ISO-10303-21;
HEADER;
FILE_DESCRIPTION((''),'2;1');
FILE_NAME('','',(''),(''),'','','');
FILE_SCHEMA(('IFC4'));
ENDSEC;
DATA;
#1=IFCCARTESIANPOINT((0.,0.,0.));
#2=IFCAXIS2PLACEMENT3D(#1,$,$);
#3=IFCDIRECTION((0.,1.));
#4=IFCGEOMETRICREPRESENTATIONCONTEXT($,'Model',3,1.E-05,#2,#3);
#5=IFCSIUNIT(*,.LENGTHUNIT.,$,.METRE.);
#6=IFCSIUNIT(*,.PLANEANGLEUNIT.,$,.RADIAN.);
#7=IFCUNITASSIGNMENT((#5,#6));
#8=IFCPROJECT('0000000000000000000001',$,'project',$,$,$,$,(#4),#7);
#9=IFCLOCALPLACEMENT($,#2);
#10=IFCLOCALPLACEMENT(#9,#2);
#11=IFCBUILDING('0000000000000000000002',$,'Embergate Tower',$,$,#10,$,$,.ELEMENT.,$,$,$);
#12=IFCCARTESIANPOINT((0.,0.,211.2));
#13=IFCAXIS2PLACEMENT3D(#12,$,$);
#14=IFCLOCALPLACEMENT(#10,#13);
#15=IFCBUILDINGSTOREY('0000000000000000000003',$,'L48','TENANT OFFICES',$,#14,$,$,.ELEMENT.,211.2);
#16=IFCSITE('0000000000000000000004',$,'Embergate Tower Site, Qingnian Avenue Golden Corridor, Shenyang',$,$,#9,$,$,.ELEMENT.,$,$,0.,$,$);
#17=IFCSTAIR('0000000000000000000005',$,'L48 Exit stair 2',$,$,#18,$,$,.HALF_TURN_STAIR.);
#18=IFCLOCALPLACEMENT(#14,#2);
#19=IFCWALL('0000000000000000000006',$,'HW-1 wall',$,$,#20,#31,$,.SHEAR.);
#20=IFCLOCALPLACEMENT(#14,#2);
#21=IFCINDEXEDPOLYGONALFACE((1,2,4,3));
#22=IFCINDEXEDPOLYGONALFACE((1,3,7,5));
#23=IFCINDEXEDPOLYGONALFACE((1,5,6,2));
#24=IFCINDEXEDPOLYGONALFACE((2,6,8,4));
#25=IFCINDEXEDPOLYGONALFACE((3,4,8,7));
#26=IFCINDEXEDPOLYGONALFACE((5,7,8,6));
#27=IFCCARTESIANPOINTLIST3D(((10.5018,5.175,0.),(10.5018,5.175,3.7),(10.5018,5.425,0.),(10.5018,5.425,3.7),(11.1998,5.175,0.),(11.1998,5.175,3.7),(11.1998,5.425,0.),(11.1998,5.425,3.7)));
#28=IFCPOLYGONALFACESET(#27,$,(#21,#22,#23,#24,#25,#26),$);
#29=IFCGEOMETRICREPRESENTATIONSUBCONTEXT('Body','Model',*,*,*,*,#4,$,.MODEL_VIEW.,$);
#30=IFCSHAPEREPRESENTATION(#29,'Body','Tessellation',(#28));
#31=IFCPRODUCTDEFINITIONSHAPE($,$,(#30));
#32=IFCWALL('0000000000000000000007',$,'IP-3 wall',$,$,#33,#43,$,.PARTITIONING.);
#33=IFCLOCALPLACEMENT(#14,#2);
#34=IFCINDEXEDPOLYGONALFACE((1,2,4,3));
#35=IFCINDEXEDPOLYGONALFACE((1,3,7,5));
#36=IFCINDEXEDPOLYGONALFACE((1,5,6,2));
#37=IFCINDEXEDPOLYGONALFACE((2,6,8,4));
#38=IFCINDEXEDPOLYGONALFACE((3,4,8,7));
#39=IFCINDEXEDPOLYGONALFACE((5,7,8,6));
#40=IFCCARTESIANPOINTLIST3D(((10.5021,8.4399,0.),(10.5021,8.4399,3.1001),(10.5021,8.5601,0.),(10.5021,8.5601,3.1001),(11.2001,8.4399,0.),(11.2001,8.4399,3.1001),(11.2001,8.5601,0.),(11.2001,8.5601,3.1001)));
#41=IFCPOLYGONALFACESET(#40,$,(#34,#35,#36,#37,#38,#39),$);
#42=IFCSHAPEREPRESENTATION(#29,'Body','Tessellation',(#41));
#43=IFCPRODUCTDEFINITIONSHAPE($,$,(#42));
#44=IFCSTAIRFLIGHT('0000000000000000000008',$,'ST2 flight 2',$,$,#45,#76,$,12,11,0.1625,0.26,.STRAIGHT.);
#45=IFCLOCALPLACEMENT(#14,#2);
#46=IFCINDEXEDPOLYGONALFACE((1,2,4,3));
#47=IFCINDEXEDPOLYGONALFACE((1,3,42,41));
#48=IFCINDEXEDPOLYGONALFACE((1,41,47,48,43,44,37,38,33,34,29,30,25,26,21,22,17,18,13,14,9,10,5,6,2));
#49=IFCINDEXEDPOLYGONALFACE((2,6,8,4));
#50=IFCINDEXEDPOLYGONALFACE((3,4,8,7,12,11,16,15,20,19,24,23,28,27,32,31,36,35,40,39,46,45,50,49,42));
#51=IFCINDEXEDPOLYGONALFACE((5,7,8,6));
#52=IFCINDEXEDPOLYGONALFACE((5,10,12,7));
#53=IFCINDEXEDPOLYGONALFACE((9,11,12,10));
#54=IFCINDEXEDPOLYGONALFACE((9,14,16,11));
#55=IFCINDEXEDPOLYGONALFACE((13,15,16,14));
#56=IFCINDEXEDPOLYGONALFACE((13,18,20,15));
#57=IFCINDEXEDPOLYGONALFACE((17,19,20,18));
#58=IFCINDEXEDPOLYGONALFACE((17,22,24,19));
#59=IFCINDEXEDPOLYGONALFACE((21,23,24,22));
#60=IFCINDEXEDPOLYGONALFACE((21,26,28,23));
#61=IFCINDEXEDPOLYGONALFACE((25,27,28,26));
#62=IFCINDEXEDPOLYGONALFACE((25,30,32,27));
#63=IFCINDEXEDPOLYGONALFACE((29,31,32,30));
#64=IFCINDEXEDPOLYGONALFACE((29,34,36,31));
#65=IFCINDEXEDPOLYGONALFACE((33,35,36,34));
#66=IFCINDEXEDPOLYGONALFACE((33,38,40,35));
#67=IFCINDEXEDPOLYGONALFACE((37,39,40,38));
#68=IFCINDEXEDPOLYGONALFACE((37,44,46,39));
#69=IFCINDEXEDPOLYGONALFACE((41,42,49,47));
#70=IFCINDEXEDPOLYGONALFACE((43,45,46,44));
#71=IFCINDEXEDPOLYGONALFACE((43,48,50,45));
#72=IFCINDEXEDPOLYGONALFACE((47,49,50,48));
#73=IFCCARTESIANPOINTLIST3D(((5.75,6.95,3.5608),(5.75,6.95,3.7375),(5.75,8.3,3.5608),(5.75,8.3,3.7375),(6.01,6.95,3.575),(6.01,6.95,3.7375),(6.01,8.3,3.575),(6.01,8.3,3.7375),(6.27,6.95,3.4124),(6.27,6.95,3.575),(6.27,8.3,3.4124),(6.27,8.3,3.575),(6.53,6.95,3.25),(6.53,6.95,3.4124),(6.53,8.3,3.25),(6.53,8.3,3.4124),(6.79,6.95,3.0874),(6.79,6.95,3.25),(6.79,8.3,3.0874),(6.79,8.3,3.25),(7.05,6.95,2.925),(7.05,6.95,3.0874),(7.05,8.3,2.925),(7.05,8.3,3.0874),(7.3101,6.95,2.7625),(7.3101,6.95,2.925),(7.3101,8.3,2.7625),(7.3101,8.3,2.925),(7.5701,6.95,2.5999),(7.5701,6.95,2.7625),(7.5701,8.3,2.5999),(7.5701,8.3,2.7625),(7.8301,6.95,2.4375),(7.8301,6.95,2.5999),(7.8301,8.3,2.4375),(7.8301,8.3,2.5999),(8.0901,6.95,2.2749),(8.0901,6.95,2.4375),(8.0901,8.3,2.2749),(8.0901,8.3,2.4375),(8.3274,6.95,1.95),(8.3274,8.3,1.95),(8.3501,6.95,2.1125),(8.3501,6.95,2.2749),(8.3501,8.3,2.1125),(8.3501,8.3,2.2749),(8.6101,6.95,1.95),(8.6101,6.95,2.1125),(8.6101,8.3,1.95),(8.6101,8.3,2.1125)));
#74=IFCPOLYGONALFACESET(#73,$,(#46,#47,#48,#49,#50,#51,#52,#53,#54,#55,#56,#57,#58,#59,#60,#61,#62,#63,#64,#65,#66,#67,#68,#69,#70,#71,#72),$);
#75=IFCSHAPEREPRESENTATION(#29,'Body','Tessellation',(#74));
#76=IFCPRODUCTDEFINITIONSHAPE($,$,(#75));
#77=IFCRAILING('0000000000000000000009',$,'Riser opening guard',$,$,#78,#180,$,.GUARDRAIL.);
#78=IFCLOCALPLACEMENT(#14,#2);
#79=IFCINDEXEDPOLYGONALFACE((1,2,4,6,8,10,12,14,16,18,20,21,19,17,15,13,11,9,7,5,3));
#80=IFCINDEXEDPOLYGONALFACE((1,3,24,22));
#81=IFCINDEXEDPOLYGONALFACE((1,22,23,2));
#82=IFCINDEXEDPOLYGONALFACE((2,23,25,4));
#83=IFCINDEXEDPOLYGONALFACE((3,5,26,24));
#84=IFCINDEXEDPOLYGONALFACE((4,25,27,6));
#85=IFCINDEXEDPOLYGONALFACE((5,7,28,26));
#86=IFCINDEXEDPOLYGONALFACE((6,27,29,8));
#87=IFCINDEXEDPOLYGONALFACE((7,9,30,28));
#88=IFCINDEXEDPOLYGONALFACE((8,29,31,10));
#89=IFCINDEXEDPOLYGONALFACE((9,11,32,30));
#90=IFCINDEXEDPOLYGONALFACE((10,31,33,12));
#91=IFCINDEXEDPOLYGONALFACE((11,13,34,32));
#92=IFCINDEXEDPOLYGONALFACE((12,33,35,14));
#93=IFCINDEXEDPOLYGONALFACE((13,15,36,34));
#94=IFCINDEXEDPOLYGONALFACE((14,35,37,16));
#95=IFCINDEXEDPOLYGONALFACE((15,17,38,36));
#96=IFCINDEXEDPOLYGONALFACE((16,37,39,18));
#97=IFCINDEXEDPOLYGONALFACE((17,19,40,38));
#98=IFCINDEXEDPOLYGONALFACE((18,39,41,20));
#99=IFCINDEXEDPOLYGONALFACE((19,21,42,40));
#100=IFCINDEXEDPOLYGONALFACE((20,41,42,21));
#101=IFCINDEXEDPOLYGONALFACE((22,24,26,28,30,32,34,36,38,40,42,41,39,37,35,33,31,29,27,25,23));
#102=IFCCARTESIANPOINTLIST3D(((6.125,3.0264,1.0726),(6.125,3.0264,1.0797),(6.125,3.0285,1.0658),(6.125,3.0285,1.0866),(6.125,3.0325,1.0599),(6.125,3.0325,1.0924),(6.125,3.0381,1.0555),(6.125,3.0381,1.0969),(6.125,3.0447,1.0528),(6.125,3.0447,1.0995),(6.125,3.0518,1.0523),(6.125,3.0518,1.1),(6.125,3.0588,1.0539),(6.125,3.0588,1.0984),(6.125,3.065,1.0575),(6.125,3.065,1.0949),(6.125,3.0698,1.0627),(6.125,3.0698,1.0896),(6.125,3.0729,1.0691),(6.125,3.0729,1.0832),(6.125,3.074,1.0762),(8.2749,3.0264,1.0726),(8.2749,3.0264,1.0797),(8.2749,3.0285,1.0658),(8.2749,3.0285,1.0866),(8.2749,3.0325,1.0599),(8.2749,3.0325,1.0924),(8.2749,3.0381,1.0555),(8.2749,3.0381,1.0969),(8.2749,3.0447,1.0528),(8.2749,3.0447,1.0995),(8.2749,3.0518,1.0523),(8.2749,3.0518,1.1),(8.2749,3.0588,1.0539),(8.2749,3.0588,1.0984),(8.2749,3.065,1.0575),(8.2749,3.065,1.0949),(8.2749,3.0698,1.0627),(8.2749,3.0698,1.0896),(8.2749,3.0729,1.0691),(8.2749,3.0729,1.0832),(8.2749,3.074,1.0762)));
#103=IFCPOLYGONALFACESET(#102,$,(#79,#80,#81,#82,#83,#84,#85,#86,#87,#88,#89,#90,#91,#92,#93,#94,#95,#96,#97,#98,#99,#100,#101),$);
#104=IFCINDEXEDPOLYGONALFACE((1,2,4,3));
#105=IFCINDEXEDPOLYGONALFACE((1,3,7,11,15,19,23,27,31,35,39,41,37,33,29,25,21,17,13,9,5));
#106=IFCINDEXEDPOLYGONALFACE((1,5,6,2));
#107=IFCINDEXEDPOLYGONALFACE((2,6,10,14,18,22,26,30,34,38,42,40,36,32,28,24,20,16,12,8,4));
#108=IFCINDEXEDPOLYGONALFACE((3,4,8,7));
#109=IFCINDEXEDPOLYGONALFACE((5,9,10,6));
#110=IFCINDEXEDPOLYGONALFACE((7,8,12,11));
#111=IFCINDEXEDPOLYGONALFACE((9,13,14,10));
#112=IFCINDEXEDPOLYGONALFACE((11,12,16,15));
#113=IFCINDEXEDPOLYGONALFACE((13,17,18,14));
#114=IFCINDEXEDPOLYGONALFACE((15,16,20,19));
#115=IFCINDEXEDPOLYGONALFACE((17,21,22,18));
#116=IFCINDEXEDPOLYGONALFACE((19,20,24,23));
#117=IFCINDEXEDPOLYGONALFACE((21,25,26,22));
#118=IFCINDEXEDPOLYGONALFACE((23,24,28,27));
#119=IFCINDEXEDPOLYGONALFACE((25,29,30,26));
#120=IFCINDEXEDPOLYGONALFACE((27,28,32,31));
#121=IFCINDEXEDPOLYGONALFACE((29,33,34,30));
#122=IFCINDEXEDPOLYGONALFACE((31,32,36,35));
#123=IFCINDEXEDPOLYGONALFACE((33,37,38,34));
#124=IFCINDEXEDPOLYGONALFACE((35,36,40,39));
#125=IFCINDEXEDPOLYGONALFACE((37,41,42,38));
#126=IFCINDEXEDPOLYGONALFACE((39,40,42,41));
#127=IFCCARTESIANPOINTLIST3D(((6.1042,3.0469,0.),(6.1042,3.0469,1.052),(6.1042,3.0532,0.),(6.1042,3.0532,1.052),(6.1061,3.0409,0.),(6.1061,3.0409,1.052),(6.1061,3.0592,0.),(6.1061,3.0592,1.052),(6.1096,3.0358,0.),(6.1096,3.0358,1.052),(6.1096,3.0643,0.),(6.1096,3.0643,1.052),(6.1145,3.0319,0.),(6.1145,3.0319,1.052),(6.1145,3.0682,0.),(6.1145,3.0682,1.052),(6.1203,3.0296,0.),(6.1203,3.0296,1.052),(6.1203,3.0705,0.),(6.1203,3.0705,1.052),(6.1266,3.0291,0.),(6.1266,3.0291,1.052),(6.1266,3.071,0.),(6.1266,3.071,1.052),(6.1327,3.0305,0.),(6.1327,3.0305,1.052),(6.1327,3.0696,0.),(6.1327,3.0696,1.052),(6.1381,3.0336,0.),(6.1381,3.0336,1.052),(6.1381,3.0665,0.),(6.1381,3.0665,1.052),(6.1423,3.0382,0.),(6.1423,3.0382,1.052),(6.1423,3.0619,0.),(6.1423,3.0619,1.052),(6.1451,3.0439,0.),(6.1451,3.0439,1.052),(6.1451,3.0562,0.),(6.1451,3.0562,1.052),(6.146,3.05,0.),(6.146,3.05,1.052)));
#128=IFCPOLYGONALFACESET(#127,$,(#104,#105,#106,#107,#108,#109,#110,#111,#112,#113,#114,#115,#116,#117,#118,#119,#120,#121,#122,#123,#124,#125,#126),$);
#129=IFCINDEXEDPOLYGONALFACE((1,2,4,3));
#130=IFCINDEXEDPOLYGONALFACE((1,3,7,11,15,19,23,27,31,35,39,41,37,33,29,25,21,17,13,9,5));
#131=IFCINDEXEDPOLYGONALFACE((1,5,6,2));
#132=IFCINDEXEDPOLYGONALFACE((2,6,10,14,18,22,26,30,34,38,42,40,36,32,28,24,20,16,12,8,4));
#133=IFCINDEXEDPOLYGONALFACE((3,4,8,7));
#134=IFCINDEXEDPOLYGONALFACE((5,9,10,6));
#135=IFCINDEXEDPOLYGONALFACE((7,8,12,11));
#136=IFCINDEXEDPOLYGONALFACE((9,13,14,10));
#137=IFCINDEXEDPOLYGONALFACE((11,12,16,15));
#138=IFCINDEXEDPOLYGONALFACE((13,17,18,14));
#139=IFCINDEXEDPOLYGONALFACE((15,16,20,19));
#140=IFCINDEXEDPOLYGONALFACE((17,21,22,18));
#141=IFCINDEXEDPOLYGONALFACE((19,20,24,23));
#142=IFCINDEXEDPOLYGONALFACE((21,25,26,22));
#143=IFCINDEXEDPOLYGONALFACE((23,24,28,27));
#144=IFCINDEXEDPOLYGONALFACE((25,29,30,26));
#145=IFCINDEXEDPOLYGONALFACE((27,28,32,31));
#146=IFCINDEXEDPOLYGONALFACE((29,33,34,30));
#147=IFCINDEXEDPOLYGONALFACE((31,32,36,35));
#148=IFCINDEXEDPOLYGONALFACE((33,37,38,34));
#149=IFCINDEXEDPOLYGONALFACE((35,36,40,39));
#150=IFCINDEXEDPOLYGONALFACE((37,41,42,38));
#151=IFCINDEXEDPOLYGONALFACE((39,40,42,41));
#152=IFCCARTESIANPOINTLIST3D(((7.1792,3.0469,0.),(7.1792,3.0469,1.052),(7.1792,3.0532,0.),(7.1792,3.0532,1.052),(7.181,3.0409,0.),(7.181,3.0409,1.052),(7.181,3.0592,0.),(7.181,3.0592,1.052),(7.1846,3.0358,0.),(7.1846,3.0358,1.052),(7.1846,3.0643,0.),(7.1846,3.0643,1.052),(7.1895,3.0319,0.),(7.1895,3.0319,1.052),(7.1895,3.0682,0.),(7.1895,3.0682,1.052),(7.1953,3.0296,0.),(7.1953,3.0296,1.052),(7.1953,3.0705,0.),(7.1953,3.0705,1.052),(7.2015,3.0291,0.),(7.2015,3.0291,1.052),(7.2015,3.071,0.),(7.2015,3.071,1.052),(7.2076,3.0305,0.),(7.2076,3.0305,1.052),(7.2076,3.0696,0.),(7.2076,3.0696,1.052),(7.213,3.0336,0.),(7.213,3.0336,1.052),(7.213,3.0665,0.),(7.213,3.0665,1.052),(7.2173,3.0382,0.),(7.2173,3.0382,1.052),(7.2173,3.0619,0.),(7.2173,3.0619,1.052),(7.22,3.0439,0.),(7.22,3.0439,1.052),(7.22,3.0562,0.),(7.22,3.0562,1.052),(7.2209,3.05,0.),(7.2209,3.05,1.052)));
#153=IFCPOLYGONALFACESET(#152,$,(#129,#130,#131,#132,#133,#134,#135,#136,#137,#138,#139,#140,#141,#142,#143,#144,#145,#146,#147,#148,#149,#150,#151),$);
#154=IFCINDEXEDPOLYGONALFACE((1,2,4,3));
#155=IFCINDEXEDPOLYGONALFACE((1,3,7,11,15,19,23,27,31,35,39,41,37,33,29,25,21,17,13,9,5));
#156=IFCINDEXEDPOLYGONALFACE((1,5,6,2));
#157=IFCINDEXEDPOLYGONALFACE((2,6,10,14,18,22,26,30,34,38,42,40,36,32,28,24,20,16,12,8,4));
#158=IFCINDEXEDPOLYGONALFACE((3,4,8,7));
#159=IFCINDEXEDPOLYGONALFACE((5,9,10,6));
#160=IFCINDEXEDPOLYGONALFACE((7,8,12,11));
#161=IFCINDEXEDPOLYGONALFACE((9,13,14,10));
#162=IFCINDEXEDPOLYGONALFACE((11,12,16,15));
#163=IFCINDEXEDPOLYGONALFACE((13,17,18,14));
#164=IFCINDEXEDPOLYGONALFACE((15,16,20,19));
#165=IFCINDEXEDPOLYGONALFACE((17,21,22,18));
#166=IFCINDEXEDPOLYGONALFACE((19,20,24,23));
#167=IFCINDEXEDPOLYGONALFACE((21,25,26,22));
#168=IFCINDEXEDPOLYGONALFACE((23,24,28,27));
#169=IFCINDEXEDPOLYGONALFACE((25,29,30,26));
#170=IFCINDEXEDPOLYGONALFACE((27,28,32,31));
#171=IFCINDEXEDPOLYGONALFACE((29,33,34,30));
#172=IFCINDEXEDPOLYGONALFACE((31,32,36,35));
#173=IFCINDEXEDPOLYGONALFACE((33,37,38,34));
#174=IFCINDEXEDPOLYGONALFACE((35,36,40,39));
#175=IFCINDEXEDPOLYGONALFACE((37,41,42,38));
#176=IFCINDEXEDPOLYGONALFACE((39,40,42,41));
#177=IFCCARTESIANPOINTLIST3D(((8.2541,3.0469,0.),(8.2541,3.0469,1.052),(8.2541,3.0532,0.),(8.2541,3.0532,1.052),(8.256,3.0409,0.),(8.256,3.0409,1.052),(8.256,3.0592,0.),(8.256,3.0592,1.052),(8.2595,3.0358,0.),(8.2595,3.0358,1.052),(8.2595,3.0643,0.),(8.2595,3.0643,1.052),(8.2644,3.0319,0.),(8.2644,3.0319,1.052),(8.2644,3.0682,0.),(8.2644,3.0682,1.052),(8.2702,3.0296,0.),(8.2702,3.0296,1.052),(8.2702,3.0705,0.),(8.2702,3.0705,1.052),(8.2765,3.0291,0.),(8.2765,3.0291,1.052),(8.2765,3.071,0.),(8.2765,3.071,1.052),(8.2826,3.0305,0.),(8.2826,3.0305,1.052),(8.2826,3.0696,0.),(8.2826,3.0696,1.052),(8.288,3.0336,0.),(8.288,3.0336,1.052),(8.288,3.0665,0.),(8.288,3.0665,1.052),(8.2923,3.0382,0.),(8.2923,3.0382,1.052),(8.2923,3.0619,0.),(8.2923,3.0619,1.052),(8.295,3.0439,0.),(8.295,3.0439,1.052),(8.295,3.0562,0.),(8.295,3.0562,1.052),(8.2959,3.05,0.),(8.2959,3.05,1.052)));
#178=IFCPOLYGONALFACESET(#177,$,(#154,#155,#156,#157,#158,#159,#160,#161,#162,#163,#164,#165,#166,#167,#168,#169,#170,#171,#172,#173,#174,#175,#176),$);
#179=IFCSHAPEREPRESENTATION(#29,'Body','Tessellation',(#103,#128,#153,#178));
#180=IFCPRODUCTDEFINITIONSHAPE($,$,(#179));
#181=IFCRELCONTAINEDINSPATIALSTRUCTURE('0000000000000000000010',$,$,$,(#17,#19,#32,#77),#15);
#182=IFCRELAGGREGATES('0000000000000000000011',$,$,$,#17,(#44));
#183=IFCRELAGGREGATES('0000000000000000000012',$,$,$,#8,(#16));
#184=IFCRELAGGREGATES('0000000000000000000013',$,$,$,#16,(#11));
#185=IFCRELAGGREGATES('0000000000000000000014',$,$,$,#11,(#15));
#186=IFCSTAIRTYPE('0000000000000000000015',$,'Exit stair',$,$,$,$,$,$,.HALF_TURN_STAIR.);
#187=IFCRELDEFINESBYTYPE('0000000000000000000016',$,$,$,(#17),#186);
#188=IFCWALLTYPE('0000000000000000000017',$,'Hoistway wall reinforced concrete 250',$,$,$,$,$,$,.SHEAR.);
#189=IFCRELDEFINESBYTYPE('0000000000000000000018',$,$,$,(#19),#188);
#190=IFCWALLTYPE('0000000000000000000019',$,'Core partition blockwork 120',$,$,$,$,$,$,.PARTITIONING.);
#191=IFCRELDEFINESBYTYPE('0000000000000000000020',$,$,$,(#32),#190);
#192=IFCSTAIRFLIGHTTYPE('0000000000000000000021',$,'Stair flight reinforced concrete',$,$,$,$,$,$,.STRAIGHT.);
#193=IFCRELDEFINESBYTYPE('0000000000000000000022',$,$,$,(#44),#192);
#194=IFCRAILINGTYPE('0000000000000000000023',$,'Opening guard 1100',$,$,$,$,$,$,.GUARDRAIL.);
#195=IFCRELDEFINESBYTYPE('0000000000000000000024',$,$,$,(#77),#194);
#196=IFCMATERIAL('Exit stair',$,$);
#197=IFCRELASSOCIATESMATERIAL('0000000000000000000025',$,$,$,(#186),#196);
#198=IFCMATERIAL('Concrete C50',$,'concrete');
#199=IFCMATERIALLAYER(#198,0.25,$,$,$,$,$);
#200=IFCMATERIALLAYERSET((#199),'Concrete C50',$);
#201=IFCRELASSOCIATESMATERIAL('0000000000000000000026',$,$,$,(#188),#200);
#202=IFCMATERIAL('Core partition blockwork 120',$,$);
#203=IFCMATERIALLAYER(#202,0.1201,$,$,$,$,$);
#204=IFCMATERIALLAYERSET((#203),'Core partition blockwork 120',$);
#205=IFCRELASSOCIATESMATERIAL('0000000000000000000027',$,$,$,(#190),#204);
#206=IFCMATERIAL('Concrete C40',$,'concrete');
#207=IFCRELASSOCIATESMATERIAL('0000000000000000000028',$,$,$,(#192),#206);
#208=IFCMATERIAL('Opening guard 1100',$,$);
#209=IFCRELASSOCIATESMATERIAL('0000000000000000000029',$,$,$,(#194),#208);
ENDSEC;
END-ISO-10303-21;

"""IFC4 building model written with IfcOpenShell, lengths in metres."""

from ifc_helpers import new_model, si_unit, direction, frame, frame_2d, origin, origin_2d, place, context, subcontext, project, spatial, polyline, rectangle, circle, outline, extrude, source, transform, mapped, material, layer, layer_set, type_object, element, aggregate, save


model = new_model("IFC4")

# Units and contexts
model_context = context("Model", 3, precision=1e-05, world=origin(), true_north=direction((0.0, 1.0)))
body_context = subcontext(model_context, "Body", "Model", "MODEL_VIEW")
ifc_project = project(units=[si_unit("LENGTHUNIT", "METRE"), si_unit("PLANEANGLEUNIT", "RADIAN")], contexts=[model_context])

# Site, building, storey
site_placement = place(None, origin())
site = spatial("IfcSite", under=ifc_project, at=site_placement, Name="Embergate Tower Site, Qingnian Avenue Golden Corridor, Shenyang", CompositionType="ELEMENT", RefElevation=0.0)
building_placement = place(site_placement, origin())
building = spatial("IfcBuilding", under=site, at=building_placement, Name="Embergate Tower", CompositionType="ELEMENT")
storey_placement = place(building_placement, frame((0.0, 0.0, 211.2)))
storey = spatial("IfcBuildingStorey", under=building, at=storey_placement, Name="L48", Description="TENANT OFFICES", CompositionType="ELEMENT", Elevation=211.2)

# Stair
ifc_material_1 = material(Name="Exit stair")
stair_type = type_object("IfcStairType", Name="Exit stair", PredefinedType="HALF_TURN_STAIR", material=ifc_material_1)
stair_placement = place(storey_placement, origin())
stair = element("IfcStair", 1, at=stair_placement, inside=storey, type_object=stair_type, Name="L48 Exit stair 2", PredefinedType="HALF_TURN_STAIR")
ifc_material_2 = material(Name="Concrete C40", Category="concrete")

# Shared definitions
ifc_material_3 = material(Name="Concrete C50", Category="concrete")
ifc_layer_1 = layer(ifc_material_3, 0.25)
ifc_layer_set_1 = layer_set([ifc_layer_1], Name="Concrete C50")
wall_type_1 = type_object("IfcWallType", Name="Hoistway wall reinforced concrete 250", PredefinedType="SHEAR", material=ifc_layer_set_1)

# Shared definitions
ifc_material_4 = material(Name="Core partition blockwork 120")
ifc_layer_2 = layer(ifc_material_4, 0.1201)
ifc_layer_set_2 = layer_set([ifc_layer_2], Name="Core partition blockwork 120")
wall_type_2 = type_object("IfcWallType", Name="Core partition blockwork 120", PredefinedType="PARTITIONING", material=ifc_layer_set_2)

# Walls
shared_shape_1 = source(origin(), body_context, "Body", "SweptSolid", [
    extrude(rectangle(XDim=0.698, YDim=0.25, at=frame_2d((0.3491, 0.0))), origin(), (0.0, 0.0, 1.0), 3.7),
])
wall_1_placement = place(storey_placement, frame((11.2, 5.3, 0.0), z_axis=(0.0, 0.0, 1.0), x_axis=(-1.0, 0.0, 0.0)))
element("IfcWall", 2, at=wall_1_placement, inside=storey, type_object=wall_type_1, Name="HW-1 wall", PredefinedType="SHEAR", context=body_context, shape_type="MappedRepresentation", body=[
    mapped(shared_shape_1, transform((0.0, 0.0, 0.0))),
])
shared_shape_2 = source(origin(), body_context, "Body", "SweptSolid", [
    extrude(rectangle(XDim=0.698, YDim=0.1201, at=frame_2d((0.3491, 0.0))), origin(), (0.0, 0.0, 1.0), 3.1001),
])
wall_2_placement = place(storey_placement, frame((10.502, 8.5, 0.0), z_axis=(0.0, 0.0, 1.0), x_axis=(1.0, 0.0, 0.0)))
element("IfcWall", 3, at=wall_2_placement, inside=storey, type_object=wall_type_2, Name="IP-3 wall", PredefinedType="PARTITIONING", context=body_context, shape_type="MappedRepresentation", body=[
    mapped(shared_shape_2, transform((0.0, 0.0, 0.0))),
])

# Stair flight
stair_flight_type = type_object("IfcStairFlightType", Name="Stair flight reinforced concrete", PredefinedType="STRAIGHT", material=ifc_material_2)
shared_shape_3 = source(origin(), body_context, "Body", "SweptSolid", [
    extrude(outline(polyline([(0.0, 0.0), (0.0, 0.1626), (0.26, 0.1626), (0.26, 0.325), (0.52, 0.325), (0.52, 0.4875), (0.78, 0.4875), (0.78, 0.6499), (1.04, 0.6499), (1.04, 0.8125), (1.3, 0.8125), (1.3, 0.9751), (1.5601, 0.9751), (1.5601, 1.1375), (1.8201, 1.1375), (1.8201, 1.3), (2.0801, 1.3), (2.0801, 1.4624), (2.3401, 1.4624), (2.3401, 1.625), (2.6001, 1.625), (2.6001, 1.7876), (2.8601, 1.7876), (2.8601, 1.95), (2.8601, 1.6108), (0.2827, 0.0), (0.0, 0.0)])), frame((0.0, 0.675, 0.0), z_axis=(0.0, -1.0, 0.0), x_axis=(1.0, 0.0, 0.0)), (0.0, 0.0, 1.0), 1.3501),
])
stair_flight_placement = place(storey_placement, frame((8.6101, 7.625, 1.95), z_axis=(0.0, 0.0, 1.0), x_axis=(-1.0, 0.0, 0.0)))
stair_flight = element("IfcStairFlight", 4, at=stair_flight_placement, type_object=stair_flight_type, Name="ST2 flight 2", NumberOfRisers=12, NumberOfTreads=11, PredefinedType="STRAIGHT", RiserHeight=0.1625, TreadLength=0.26, context=body_context, shape_type="MappedRepresentation", body=[
    mapped(shared_shape_3, transform((0.0, 0.0, 0.0))),
])
aggregate(stair, [stair_flight])

# Railing
ifc_material_5 = material(Name="Opening guard 1100")
railing_type = type_object("IfcRailingType", Name="Opening guard 1100", PredefinedType="GUARDRAIL", material=ifc_material_5)
shared_shape_4 = source(origin(), body_context, "Body", "SweptSolid", [
    extrude(circle(Radius=0.0239, at=origin_2d()), frame((0.0, 0.0, 1.0762), z_axis=(1.0, 0.0, 0.0), x_axis=(0.0, 1.0, 0.0)), (0.0, 0.0, 1.0), 2.1499),
    extrude(circle(Radius=0.021, at=origin_2d()), origin(), (0.0, 0.0, 1.0), 1.052),
    extrude(circle(Radius=0.021, at=origin_2d()), frame((1.075, 0.0, 0.0)), (0.0, 0.0, 1.0), 1.052),
    extrude(circle(Radius=0.021, at=origin_2d()), frame((2.1499, 0.0, 0.0)), (0.0, 0.0, 1.0), 1.052),
])
railing_placement = place(storey_placement, frame((6.125, 3.05, 0.0)))
element("IfcRailing", 5, at=railing_placement, inside=storey, type_object=railing_type, Name="Riser opening guard", PredefinedType="GUARDRAIL", context=body_context, shape_type="MappedRepresentation", body=[
    mapped(shared_shape_4, transform((0.0, 0.0, 0.0))),
])

save(model, "model.ifc")
